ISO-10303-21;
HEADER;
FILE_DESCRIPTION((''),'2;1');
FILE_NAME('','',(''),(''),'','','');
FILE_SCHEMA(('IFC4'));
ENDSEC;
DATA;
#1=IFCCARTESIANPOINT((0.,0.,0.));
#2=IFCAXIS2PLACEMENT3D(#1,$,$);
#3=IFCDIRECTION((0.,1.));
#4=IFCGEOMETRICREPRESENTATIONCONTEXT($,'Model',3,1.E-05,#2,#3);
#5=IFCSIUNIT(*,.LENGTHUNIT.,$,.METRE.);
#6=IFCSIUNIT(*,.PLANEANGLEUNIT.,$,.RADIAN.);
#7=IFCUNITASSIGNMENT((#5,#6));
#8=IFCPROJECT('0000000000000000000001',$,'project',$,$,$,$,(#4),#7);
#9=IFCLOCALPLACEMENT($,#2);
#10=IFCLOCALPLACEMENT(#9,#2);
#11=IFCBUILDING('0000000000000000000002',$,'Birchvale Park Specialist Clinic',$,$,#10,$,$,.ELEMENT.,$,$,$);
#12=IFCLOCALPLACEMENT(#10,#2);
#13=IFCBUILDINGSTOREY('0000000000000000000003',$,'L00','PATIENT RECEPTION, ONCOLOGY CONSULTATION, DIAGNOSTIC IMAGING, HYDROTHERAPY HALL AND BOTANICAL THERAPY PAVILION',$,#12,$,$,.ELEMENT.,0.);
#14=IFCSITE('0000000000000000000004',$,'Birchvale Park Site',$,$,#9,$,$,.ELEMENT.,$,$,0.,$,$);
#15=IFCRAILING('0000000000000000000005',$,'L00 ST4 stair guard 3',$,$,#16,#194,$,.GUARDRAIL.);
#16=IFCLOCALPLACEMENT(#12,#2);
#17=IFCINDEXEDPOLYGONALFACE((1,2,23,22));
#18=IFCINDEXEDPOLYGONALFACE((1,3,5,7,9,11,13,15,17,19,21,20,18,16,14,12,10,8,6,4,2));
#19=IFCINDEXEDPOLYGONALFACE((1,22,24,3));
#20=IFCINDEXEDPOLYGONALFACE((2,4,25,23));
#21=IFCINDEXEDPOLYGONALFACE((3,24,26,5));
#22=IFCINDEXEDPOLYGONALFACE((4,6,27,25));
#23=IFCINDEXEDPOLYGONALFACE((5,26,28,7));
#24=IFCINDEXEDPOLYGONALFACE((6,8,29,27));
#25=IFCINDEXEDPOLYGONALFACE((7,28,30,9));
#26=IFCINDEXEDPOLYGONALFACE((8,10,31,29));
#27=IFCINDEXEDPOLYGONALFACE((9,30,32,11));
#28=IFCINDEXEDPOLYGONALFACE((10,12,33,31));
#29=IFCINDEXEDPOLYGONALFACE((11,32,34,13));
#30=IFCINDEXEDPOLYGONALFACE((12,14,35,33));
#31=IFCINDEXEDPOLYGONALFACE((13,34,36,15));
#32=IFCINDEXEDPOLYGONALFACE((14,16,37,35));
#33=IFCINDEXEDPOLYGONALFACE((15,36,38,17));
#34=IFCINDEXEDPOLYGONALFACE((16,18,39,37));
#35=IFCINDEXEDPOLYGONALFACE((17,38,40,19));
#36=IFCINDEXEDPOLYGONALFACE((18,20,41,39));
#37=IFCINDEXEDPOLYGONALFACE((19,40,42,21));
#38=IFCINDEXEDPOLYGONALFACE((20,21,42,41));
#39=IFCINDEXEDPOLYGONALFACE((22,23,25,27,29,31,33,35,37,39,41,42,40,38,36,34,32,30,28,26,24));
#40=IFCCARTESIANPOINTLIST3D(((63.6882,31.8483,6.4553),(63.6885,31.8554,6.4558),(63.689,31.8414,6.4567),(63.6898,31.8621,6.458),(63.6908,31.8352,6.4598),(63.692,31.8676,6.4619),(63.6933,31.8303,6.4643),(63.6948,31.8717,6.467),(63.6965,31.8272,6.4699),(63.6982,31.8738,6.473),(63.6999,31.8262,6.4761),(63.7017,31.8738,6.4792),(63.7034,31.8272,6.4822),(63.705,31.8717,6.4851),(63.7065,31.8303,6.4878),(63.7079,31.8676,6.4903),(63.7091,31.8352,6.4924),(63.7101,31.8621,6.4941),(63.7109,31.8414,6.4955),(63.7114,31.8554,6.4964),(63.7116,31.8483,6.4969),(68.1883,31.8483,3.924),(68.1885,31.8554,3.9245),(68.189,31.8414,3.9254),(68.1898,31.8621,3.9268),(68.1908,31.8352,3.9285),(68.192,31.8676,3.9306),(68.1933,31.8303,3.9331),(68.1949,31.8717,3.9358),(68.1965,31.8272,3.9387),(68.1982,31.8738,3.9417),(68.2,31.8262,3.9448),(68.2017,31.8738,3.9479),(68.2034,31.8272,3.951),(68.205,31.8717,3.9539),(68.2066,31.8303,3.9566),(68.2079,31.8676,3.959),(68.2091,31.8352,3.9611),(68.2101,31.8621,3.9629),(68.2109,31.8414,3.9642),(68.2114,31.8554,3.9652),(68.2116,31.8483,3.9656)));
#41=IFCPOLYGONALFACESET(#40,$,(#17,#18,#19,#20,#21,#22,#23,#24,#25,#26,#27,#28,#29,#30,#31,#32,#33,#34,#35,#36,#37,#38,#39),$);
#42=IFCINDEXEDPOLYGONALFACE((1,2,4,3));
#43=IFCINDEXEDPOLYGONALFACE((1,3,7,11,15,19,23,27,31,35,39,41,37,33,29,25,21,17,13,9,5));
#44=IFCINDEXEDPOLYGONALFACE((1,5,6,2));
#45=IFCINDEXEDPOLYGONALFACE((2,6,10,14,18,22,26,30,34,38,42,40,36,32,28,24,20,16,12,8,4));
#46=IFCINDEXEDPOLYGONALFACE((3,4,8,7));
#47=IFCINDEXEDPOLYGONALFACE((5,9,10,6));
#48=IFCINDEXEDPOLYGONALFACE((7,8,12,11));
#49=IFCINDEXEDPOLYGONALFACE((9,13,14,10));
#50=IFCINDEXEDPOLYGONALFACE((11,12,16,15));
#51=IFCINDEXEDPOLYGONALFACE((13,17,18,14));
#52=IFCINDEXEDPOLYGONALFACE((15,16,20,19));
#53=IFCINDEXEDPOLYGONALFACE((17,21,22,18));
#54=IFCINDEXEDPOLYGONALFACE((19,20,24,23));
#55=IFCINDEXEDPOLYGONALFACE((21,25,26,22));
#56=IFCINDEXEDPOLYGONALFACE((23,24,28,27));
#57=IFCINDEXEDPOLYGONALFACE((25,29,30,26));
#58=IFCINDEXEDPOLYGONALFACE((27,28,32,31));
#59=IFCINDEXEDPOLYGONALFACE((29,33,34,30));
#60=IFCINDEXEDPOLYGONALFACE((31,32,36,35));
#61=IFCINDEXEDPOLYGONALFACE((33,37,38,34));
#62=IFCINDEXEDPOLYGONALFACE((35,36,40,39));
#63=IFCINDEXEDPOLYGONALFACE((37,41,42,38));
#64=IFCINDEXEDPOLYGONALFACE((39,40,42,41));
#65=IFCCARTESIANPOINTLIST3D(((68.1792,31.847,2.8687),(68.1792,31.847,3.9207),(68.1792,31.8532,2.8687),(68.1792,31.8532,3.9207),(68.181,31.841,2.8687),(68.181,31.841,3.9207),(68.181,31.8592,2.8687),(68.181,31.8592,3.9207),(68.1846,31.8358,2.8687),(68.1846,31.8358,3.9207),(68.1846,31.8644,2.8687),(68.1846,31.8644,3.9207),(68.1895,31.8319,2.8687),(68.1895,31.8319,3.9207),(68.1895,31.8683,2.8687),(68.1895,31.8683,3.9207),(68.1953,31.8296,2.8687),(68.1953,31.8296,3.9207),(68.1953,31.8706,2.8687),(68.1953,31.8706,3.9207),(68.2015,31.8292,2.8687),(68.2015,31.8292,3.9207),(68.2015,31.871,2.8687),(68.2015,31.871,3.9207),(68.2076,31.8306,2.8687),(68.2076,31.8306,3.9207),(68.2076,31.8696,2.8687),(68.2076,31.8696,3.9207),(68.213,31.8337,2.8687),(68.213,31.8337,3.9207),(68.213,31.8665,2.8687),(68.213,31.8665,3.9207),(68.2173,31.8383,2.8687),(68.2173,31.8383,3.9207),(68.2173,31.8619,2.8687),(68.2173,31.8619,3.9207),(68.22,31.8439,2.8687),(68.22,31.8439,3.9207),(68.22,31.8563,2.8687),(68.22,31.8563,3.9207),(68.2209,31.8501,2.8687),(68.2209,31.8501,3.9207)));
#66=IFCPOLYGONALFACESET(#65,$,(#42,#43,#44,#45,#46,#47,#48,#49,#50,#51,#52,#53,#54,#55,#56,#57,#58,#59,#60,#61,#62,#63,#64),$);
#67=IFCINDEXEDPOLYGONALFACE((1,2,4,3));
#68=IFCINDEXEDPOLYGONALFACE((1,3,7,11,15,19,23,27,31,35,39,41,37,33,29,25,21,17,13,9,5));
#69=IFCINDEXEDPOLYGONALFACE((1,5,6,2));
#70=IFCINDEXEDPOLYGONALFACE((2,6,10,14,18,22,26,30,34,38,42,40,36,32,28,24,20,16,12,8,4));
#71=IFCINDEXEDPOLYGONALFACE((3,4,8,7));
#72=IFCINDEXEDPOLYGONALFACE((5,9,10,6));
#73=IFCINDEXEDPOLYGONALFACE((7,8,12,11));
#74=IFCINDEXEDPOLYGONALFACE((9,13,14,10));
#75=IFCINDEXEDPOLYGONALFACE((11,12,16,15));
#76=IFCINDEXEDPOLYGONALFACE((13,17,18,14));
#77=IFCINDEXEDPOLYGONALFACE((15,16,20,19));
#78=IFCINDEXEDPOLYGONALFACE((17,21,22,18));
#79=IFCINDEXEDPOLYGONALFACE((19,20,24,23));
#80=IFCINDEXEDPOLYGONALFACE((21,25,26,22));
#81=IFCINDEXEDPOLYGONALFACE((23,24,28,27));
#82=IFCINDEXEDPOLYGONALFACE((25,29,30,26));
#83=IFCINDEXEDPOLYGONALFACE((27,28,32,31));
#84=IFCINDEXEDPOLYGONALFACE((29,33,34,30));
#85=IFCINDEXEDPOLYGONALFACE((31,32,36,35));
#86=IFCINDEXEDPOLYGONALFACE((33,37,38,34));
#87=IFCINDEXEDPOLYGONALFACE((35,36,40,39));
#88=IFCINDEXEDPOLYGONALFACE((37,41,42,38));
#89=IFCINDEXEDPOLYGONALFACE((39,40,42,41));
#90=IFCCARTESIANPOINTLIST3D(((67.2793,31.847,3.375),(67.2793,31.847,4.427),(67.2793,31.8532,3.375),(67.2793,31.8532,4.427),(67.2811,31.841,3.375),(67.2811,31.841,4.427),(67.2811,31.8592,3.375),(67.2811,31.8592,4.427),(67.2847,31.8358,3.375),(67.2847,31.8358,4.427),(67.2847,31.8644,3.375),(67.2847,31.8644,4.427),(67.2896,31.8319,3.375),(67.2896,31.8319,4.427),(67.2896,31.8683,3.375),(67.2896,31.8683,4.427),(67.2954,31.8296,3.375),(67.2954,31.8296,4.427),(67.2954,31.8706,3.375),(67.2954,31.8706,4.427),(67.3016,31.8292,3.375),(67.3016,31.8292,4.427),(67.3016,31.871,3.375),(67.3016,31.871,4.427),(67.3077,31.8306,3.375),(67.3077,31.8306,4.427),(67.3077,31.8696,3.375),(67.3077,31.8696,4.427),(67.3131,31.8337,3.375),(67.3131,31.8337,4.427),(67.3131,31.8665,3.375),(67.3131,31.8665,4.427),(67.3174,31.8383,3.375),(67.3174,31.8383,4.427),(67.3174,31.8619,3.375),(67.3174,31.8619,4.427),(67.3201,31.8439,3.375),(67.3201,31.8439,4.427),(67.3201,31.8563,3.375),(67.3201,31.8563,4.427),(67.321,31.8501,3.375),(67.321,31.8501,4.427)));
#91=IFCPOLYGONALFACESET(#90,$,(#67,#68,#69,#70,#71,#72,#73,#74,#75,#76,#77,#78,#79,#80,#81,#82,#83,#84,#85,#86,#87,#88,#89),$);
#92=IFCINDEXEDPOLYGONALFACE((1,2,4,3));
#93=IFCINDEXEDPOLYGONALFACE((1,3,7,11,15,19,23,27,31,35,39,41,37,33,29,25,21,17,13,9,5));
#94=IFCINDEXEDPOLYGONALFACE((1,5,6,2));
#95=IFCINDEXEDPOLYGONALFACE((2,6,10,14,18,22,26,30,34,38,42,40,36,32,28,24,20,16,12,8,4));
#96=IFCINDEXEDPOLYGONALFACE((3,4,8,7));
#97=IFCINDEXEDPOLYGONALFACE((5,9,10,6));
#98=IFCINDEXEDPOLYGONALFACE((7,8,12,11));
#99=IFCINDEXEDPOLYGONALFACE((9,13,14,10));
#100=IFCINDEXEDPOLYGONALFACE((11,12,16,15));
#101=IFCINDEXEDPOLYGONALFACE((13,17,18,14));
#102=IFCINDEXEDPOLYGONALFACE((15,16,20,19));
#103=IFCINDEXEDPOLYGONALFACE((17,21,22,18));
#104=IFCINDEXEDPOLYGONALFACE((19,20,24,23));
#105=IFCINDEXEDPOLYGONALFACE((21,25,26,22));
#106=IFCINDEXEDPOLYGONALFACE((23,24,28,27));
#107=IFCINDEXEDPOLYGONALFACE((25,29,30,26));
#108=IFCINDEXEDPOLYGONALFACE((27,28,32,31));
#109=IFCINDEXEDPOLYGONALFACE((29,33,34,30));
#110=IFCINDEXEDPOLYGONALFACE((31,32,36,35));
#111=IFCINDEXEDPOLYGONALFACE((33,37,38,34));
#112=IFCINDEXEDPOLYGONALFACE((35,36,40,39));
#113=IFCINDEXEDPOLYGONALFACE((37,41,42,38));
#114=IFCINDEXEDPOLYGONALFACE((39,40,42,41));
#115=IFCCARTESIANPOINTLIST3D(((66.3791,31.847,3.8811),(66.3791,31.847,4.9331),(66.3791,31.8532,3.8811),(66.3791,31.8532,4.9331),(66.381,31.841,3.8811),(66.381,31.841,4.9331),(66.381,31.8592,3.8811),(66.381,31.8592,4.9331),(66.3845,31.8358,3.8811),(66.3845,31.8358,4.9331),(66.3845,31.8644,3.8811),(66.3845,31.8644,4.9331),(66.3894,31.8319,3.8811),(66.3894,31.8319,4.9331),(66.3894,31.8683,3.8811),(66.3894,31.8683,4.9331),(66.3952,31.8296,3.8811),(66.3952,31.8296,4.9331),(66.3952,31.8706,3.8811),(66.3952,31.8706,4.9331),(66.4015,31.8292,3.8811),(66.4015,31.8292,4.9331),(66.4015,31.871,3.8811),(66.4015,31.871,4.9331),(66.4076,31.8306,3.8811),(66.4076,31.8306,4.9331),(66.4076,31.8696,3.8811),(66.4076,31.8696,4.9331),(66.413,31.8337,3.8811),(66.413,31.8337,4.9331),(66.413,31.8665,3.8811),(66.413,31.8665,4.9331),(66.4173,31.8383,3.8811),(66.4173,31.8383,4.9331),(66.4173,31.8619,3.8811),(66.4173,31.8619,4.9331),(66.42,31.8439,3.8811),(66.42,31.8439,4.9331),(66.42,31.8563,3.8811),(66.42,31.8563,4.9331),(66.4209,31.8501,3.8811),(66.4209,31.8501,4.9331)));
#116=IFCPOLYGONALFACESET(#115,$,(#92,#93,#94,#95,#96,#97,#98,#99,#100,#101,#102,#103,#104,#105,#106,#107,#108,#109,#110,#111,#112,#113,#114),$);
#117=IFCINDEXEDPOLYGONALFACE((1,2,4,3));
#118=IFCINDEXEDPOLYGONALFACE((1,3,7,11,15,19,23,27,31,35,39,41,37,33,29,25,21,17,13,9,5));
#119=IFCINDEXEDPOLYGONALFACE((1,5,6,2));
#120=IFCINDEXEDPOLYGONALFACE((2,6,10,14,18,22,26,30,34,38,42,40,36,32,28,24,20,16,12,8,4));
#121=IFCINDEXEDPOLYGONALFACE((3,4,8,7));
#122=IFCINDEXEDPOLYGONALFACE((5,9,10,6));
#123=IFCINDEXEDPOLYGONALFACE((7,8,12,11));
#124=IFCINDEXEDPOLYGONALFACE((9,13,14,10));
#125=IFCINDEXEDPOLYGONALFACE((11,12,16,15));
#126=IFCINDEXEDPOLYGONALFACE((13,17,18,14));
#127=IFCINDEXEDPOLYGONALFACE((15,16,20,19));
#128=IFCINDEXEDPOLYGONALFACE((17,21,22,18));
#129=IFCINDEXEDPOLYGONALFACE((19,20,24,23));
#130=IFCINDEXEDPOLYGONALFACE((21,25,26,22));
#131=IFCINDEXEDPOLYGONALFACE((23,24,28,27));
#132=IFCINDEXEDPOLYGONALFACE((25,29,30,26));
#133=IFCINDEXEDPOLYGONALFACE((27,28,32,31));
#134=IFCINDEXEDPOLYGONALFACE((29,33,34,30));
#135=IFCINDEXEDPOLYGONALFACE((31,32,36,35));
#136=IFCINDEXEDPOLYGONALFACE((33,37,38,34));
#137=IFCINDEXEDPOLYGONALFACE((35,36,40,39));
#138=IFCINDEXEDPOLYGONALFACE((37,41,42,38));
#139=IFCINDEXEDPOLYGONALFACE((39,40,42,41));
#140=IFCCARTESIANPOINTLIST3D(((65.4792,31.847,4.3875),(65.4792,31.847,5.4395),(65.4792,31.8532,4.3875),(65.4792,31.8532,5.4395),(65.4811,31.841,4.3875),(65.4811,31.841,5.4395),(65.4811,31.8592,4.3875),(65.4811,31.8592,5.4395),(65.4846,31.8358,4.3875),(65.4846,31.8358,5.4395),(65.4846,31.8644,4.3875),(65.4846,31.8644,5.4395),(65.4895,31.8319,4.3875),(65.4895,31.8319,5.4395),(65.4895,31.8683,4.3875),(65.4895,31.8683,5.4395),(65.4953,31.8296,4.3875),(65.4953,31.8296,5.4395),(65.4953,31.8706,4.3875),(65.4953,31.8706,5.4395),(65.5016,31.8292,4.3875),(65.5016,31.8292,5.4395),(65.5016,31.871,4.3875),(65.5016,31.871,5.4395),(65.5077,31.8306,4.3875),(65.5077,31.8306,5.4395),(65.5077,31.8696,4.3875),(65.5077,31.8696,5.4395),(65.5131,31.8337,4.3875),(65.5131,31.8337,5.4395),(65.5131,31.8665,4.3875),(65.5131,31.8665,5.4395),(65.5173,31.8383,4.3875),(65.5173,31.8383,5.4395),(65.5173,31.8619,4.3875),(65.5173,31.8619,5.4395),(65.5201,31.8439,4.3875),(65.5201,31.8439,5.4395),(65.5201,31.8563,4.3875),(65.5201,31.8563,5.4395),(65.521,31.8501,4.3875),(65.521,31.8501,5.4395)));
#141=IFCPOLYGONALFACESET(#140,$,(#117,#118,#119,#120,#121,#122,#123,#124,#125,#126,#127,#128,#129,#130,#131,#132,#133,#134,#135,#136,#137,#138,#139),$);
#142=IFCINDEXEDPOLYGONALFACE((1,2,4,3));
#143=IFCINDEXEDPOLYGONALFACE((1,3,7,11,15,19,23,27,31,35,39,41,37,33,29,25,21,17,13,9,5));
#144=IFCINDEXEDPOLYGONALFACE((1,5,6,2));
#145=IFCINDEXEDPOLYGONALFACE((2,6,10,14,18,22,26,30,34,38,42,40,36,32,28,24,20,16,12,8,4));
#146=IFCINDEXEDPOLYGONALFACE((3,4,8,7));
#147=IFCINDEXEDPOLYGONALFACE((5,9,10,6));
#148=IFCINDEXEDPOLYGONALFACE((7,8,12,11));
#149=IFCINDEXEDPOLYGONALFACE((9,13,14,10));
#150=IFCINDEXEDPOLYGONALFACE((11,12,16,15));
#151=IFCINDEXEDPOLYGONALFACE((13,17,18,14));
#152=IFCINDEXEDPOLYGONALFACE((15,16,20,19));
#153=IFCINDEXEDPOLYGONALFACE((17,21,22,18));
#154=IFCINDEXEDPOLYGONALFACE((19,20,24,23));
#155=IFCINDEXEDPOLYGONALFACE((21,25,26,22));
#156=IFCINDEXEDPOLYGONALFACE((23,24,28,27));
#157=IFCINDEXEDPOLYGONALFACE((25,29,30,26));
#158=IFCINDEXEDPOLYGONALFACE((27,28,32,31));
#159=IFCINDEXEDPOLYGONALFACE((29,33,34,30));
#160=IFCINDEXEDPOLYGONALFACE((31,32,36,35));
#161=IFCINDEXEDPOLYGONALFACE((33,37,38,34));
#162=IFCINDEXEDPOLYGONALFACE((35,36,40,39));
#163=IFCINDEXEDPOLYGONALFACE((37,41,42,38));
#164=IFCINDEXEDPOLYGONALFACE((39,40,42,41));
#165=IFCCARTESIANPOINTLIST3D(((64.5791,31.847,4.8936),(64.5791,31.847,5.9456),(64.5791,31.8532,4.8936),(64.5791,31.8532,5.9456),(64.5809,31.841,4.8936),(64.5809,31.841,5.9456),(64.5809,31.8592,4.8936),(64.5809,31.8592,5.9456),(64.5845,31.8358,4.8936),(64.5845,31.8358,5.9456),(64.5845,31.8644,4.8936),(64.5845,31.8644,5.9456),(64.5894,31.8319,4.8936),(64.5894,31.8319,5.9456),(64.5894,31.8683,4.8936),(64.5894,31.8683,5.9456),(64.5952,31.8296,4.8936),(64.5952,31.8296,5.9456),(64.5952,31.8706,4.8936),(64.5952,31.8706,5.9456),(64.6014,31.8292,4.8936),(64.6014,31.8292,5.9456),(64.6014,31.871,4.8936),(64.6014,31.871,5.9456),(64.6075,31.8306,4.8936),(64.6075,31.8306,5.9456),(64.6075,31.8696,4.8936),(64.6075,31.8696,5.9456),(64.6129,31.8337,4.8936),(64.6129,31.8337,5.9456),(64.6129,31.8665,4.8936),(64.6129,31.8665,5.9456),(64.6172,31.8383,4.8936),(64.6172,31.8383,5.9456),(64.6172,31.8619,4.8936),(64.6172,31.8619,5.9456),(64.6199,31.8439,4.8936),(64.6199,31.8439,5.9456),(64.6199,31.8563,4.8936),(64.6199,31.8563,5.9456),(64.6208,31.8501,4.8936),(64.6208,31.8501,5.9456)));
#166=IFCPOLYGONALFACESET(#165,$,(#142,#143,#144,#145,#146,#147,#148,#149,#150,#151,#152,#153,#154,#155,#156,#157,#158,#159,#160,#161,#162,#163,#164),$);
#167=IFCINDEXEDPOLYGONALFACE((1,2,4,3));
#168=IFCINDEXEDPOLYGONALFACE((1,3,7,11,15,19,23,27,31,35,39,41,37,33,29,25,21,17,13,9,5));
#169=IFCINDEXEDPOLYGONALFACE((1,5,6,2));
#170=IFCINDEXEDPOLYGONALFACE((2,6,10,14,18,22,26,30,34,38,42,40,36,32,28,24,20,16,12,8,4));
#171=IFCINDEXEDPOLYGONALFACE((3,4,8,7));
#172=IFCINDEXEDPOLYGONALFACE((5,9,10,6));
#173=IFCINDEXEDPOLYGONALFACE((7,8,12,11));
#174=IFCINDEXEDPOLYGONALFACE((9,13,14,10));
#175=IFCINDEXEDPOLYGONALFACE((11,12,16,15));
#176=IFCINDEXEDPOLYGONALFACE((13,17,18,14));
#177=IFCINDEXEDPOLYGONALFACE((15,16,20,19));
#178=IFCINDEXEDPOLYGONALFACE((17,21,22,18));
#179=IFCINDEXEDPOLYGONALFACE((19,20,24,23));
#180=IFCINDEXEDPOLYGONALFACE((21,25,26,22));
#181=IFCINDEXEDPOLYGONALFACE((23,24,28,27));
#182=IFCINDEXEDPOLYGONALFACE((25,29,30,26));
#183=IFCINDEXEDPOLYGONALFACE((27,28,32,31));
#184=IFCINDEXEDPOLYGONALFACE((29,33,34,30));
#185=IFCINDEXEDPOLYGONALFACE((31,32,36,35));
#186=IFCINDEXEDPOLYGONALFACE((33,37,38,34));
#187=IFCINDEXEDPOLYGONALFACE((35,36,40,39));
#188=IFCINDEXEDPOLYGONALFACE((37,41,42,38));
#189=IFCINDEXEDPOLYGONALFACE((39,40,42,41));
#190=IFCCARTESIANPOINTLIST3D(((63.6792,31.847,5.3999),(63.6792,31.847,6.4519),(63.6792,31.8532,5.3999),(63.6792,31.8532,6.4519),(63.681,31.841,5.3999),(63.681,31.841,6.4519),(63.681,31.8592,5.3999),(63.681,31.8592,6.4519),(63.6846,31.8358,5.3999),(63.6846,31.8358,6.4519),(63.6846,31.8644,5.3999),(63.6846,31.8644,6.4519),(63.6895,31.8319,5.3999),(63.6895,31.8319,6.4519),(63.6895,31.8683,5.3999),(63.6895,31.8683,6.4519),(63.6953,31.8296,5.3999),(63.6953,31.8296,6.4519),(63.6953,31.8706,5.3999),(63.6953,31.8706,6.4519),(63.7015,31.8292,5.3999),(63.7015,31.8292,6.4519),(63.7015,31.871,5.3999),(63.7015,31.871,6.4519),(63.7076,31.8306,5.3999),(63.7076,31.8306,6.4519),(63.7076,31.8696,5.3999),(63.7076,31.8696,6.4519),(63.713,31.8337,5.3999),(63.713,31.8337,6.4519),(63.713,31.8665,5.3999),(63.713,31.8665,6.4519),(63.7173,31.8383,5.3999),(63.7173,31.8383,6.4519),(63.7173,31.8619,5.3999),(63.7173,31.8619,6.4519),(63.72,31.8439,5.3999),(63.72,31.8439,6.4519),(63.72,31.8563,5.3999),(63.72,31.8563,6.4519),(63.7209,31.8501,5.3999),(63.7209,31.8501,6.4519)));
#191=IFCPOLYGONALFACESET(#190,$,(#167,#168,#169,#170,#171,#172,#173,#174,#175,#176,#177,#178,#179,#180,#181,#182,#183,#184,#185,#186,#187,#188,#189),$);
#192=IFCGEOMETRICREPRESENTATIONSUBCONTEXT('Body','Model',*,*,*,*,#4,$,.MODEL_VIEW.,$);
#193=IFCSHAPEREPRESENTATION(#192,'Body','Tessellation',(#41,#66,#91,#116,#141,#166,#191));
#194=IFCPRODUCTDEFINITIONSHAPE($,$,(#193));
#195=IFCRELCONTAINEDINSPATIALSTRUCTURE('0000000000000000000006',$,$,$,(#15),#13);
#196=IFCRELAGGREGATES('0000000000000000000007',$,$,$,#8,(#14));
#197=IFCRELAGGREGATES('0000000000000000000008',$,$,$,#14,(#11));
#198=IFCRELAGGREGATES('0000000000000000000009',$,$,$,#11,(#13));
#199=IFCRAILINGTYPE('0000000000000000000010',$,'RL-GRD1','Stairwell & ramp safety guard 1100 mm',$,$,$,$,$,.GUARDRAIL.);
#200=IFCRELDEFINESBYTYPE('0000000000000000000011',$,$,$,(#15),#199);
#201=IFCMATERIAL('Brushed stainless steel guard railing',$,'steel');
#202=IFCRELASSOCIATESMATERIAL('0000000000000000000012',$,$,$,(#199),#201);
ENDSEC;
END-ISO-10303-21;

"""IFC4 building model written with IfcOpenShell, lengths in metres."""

from ifc_helpers import new_model, si_unit, direction, frame, origin, origin_2d, place, context, subcontext, project, spatial, circle, extrude, material, type_object, element, save


model = new_model("IFC4")

# Units and contexts
model_context = context("Model", 3, precision=1e-05, world=origin(), true_north=direction((0.0, 1.0)))
body_context = subcontext(model_context, "Body", "Model", "MODEL_VIEW")
ifc_project = project(units=[si_unit("LENGTHUNIT", "METRE"), si_unit("PLANEANGLEUNIT", "RADIAN")], contexts=[model_context])

# Site, building, storey
site_placement = place(None, origin())
site = spatial("IfcSite", under=ifc_project, at=site_placement, Name="Birchvale Park Site", CompositionType="ELEMENT", RefElevation=0.0)
building_placement = place(site_placement, origin())
building = spatial("IfcBuilding", under=site, at=building_placement, Name="Birchvale Park Specialist Clinic", CompositionType="ELEMENT")
storey_placement = place(building_placement, origin())
storey = spatial("IfcBuildingStorey", under=building, at=storey_placement, Name="L00", Description="PATIENT RECEPTION, ONCOLOGY CONSULTATION, DIAGNOSTIC IMAGING, HYDROTHERAPY HALL AND BOTANICAL THERAPY PAVILION", CompositionType="ELEMENT", Elevation=0.0)

# Railing
ifc_material_1 = material(Name="Brushed stainless steel guard railing", Category="steel")
railing_type_1 = type_object("IfcRailingType", Name="RL-GRD1", Description="Stairwell & ramp safety guard 1100 mm", PredefinedType="GUARDRAIL", material=ifc_material_1)
railing_1_placement = place(storey_placement, frame((68.2, 31.8501, 2.8687)))
element("IfcRailing", 1, at=railing_1_placement, inside=storey, type_object=railing_type_1, Name="L00 ST4 stair guard 3", PredefinedType="GUARDRAIL", context=body_context, shape_type="SweptSolid", body=[
    extrude(circle(Radius=0.0239, at=origin_2d()), frame((0.0, 0.0, 1.0762), z_axis=(-0.871576, 0.0, 0.490261), x_axis=(0.0, -1.0, 0.0)), (0.0, 0.0, 1.0), 5.1631),
    extrude(circle(Radius=0.021, at=origin_2d()), origin(), (0.0, 0.0, 1.0), 1.052),
    extrude(circle(Radius=0.021, at=origin_2d()), frame((-0.8999, 0.0, 0.5063)), (0.0, 0.0, 1.0), 1.052),
    extrude(circle(Radius=0.021, at=origin_2d()), frame((-1.8, 0.0, 1.0125)), (0.0, 0.0, 1.0), 1.052),
    extrude(circle(Radius=0.021, at=origin_2d()), frame((-2.7, 0.0, 1.5188)), (0.0, 0.0, 1.0), 1.052),
    extrude(circle(Radius=0.021, at=origin_2d()), frame((-3.6001, 0.0, 2.0249)), (0.0, 0.0, 1.0), 1.052),
    extrude(circle(Radius=0.021, at=origin_2d()), frame((-4.5, 0.0, 2.5312)), (0.0, 0.0, 1.0), 1.052),
])

save(model, "model.ifc")
